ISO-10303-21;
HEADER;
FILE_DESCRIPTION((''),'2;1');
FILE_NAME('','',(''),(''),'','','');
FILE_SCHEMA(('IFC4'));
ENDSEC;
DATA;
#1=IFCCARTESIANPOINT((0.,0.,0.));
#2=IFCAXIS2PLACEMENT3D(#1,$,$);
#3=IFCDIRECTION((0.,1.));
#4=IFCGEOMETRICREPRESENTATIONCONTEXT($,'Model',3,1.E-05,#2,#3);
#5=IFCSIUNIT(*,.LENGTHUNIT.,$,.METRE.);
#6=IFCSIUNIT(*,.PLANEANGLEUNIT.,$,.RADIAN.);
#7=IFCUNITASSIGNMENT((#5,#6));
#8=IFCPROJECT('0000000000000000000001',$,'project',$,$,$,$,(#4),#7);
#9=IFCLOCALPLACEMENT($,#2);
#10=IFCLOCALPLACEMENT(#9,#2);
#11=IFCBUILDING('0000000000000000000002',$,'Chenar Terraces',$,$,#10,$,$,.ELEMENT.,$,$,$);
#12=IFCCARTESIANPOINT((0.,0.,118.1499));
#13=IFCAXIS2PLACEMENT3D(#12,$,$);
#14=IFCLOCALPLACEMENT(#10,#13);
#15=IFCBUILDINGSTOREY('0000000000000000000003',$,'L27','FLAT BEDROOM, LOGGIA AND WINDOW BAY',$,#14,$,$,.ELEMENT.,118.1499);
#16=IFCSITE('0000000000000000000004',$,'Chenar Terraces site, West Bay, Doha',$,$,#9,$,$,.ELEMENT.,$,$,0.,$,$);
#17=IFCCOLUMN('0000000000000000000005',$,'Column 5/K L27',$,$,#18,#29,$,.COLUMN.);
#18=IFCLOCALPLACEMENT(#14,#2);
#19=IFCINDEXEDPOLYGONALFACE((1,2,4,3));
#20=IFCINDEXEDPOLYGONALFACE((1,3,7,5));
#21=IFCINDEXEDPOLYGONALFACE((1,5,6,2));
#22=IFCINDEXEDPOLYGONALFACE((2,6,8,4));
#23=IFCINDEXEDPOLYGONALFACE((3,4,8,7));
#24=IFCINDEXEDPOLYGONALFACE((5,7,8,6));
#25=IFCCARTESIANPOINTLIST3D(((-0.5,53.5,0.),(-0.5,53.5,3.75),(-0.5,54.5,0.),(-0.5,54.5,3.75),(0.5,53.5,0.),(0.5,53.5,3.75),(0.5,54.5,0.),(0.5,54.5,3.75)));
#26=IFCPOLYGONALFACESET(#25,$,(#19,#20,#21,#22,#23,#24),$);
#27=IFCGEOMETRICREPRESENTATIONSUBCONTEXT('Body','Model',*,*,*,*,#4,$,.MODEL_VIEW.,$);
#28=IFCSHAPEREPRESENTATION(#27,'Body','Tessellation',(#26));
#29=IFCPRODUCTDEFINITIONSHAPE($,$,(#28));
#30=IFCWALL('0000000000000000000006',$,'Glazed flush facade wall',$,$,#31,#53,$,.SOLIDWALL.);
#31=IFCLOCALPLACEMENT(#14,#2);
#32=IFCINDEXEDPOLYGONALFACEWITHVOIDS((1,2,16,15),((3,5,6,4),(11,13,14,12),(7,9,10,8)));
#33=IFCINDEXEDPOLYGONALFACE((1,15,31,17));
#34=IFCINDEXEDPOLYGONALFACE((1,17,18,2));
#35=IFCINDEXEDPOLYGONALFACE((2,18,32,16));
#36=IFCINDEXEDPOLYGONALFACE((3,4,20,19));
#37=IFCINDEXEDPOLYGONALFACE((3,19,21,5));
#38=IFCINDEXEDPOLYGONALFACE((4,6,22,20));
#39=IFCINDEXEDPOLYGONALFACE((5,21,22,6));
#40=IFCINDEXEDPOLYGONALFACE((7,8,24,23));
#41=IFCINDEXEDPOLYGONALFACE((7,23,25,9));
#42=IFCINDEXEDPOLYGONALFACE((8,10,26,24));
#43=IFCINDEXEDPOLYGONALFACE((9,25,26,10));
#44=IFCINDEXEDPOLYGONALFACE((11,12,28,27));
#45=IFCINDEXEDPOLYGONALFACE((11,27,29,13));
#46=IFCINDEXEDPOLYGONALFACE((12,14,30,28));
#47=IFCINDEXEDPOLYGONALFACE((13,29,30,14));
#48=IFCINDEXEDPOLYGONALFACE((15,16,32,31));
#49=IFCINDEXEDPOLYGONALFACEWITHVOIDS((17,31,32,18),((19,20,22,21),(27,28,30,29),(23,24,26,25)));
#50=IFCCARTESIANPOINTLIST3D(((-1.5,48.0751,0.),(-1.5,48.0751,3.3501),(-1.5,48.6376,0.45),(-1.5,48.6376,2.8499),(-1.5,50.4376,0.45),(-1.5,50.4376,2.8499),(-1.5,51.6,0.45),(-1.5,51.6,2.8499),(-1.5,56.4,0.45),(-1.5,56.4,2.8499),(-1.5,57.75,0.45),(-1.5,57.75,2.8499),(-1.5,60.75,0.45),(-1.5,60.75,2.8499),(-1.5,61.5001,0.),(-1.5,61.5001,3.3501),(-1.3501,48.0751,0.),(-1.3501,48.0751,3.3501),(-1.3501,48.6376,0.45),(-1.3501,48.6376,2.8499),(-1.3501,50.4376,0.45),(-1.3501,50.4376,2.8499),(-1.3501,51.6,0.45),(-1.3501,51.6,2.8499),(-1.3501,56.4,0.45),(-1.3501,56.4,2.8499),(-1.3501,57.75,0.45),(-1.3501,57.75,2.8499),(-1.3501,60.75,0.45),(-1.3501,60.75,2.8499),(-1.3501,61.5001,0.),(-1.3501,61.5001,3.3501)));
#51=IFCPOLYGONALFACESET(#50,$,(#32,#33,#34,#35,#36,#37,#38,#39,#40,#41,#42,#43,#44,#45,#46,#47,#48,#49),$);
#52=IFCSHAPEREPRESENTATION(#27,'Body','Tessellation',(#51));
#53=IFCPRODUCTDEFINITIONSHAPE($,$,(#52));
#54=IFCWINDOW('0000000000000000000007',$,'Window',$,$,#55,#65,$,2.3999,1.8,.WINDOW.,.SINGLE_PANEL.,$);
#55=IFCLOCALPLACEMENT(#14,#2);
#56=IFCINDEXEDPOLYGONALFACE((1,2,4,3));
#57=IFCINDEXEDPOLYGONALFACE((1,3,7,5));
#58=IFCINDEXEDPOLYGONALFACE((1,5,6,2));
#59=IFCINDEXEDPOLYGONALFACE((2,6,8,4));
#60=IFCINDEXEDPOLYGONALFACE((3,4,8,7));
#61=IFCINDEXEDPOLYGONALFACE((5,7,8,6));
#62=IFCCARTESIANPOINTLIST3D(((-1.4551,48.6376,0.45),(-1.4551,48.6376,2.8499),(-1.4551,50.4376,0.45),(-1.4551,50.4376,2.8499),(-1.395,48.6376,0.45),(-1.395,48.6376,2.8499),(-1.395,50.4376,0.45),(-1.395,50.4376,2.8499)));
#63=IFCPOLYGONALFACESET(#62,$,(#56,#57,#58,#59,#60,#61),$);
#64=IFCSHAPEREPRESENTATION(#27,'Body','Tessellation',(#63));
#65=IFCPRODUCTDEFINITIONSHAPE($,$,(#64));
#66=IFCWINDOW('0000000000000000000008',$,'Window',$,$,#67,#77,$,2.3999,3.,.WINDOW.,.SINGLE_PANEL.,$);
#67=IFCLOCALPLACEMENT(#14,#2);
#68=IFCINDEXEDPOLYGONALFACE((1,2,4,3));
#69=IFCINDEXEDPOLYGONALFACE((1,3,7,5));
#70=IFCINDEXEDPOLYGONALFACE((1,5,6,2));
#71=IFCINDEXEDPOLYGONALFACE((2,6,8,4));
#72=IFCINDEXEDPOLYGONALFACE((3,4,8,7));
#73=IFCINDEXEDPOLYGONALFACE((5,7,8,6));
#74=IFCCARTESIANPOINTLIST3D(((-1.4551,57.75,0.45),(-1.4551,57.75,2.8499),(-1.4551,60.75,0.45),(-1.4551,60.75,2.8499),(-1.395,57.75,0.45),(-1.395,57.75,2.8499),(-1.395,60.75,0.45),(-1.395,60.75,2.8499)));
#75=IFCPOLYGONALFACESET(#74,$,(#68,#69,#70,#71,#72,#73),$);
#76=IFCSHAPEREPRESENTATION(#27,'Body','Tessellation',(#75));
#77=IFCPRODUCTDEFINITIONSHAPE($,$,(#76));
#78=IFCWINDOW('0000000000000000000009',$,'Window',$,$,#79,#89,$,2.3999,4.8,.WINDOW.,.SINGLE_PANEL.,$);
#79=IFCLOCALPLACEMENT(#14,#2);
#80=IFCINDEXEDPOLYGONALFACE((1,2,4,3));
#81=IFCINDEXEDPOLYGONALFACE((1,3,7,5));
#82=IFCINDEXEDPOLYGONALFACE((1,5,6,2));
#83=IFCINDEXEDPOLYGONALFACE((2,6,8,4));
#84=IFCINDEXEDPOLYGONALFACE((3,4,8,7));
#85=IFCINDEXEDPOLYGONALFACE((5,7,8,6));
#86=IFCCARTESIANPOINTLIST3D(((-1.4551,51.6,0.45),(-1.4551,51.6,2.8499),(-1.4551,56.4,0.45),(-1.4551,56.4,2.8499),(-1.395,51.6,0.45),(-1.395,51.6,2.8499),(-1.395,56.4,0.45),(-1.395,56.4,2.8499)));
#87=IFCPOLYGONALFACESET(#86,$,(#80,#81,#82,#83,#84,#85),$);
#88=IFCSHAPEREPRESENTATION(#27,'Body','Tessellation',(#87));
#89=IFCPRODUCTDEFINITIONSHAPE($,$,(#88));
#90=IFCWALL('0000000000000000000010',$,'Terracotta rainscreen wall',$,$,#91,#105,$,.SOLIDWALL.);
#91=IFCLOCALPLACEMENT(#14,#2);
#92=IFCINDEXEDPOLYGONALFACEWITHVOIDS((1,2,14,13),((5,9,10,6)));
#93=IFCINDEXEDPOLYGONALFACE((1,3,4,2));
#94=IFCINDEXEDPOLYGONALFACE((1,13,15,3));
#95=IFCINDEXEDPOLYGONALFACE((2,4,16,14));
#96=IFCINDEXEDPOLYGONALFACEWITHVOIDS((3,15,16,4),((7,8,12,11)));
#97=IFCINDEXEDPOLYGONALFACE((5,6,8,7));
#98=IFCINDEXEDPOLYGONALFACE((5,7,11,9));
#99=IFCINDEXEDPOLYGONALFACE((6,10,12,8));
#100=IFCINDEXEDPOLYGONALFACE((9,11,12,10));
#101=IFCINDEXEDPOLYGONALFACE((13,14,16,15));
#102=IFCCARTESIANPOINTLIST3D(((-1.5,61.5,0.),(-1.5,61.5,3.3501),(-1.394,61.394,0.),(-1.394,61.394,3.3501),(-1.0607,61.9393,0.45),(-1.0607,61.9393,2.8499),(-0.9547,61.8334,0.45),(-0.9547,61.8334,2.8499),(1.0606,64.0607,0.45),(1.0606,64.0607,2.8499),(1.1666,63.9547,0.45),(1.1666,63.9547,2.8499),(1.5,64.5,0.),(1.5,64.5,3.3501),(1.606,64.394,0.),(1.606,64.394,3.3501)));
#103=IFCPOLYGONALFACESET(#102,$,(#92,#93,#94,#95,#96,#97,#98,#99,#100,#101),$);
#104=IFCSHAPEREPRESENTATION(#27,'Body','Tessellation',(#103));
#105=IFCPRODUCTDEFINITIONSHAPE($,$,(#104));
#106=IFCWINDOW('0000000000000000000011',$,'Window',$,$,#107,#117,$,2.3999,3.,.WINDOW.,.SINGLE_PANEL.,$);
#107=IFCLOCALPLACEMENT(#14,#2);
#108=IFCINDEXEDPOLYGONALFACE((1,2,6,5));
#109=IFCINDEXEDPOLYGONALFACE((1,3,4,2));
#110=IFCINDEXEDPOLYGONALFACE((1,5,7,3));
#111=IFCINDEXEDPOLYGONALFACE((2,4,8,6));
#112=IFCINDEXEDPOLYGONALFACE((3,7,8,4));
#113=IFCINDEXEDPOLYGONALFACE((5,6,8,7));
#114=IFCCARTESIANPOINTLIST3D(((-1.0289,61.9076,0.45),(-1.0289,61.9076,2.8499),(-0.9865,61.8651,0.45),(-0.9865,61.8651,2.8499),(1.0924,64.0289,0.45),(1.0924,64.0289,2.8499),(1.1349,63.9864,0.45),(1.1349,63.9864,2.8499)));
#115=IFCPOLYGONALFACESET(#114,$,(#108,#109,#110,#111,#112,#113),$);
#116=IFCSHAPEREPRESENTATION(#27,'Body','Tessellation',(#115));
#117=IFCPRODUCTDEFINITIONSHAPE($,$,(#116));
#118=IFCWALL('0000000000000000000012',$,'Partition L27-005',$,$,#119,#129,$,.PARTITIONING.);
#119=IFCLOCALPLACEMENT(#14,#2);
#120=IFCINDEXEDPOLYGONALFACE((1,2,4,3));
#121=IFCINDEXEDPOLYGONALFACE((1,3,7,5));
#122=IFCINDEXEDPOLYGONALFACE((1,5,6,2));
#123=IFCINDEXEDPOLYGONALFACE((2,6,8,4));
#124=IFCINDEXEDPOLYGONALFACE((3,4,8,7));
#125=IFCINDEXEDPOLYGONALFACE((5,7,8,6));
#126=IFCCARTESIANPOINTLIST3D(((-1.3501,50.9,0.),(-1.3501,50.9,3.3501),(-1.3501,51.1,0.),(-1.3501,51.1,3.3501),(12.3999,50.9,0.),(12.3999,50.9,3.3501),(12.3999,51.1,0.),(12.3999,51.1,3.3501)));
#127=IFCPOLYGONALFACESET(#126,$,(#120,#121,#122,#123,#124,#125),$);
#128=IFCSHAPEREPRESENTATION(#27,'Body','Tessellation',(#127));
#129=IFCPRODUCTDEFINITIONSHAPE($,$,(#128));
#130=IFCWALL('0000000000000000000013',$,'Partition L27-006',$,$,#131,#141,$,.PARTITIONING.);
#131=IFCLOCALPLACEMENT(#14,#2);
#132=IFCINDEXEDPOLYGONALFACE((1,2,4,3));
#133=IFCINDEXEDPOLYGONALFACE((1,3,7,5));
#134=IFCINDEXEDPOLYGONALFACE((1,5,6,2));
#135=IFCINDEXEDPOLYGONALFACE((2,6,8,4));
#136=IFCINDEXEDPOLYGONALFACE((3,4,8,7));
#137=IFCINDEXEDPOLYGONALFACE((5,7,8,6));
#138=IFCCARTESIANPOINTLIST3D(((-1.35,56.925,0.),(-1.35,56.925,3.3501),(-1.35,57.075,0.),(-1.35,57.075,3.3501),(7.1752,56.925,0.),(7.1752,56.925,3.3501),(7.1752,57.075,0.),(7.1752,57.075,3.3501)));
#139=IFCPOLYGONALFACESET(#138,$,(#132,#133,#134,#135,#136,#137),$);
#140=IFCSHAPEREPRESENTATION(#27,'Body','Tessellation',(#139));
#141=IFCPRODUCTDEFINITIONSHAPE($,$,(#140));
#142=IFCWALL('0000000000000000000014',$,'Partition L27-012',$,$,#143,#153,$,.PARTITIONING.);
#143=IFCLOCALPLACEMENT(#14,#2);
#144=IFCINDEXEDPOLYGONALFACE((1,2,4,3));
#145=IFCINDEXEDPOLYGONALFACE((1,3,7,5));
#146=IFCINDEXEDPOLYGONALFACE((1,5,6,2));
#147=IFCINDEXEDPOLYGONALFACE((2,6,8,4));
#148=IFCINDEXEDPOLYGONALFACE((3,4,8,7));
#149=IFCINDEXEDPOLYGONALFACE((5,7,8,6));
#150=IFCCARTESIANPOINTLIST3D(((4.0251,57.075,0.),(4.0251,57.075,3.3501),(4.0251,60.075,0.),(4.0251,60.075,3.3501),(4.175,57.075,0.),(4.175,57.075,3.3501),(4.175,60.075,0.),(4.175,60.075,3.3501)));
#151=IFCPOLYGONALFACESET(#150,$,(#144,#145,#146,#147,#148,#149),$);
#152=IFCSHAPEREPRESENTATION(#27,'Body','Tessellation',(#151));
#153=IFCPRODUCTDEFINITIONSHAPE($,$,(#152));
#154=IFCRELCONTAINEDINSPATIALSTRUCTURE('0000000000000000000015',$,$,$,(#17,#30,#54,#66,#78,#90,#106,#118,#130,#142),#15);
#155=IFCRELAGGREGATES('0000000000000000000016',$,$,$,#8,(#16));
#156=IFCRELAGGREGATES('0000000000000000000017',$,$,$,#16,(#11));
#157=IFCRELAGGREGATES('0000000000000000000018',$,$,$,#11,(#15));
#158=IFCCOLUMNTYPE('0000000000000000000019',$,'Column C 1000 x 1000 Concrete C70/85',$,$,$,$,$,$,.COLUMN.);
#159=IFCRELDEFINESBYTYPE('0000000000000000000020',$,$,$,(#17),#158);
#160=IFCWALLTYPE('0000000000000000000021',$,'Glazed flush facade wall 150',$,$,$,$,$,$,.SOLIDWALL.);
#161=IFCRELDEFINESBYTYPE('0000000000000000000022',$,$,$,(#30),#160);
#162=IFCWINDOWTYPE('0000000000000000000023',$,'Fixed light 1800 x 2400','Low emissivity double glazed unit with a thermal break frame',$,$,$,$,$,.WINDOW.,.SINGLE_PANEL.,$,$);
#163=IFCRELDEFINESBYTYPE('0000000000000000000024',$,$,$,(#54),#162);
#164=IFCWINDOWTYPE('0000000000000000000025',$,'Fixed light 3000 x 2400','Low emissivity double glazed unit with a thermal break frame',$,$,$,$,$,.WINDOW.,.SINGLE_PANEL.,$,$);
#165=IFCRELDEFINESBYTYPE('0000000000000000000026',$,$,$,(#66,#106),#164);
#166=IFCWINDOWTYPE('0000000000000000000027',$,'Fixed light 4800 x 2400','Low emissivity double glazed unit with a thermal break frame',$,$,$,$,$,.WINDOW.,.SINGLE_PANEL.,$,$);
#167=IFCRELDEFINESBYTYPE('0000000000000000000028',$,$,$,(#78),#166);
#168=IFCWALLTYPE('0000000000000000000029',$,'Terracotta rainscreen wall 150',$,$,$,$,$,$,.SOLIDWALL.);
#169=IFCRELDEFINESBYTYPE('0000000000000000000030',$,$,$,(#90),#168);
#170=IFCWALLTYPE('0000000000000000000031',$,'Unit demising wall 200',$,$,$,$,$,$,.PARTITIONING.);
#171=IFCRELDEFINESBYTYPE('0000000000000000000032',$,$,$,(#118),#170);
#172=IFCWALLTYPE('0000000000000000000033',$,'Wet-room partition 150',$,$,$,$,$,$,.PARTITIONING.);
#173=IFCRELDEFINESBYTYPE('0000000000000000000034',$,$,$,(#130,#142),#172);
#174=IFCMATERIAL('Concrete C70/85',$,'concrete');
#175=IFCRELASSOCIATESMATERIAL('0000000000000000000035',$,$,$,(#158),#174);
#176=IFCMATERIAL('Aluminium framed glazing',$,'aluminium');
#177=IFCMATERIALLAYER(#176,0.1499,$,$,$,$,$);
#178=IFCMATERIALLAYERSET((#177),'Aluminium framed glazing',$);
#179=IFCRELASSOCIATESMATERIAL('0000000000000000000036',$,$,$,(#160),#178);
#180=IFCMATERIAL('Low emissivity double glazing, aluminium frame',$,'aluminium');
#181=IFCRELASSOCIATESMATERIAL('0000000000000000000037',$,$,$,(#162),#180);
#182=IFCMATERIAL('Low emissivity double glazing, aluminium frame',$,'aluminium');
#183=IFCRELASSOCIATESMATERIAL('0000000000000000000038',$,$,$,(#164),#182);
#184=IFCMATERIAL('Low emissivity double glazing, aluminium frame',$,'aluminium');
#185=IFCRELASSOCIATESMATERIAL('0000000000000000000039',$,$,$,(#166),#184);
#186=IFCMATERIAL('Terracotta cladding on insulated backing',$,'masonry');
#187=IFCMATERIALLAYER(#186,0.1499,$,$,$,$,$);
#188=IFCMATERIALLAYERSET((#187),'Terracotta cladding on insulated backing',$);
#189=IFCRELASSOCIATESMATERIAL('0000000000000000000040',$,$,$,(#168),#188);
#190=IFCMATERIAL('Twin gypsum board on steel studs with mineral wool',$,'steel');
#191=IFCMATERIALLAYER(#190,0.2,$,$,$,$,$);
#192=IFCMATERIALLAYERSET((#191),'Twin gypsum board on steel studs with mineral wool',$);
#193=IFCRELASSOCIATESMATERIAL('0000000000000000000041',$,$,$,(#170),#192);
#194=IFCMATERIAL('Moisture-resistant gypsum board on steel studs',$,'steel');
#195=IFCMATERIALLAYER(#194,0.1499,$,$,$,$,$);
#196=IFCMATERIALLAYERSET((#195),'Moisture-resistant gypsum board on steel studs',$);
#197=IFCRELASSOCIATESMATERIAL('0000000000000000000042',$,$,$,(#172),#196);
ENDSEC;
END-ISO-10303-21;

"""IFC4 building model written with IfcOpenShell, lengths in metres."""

from ifc_helpers import new_model, si_unit, direction, frame, frame_2d, origin, origin_2d, place, context, subcontext, project, spatial, rectangle, extrude, material, layer, layer_set, material_profile, profile_set, type_object, element, fill, save


model = new_model("IFC4")

# Units and contexts
model_context = context("Model", 3, precision=1e-05, world=origin(), true_north=direction((0.0, 1.0)))
body_context = subcontext(model_context, "Body", "Model", "MODEL_VIEW")
ifc_project = project(units=[si_unit("LENGTHUNIT", "METRE"), si_unit("PLANEANGLEUNIT", "RADIAN")], contexts=[model_context])

# Site, building, storey
site_placement = place(None, origin())
site = spatial("IfcSite", under=ifc_project, at=site_placement, Name="Chenar Terraces site, West Bay, Doha", CompositionType="ELEMENT", RefElevation=0.0)
building_placement = place(site_placement, origin())
building = spatial("IfcBuilding", under=site, at=building_placement, Name="Chenar Terraces", CompositionType="ELEMENT")
storey_placement = place(building_placement, frame((0.0, 0.0, 118.1499)))
storey = spatial("IfcBuildingStorey", under=building, at=storey_placement, Name="L27", Description="FLAT BEDROOM, LOGGIA AND WINDOW BAY", CompositionType="ELEMENT", Elevation=118.1499)

# Column
ifc_material_1 = material(Name="Concrete C70/85", Category="concrete")
ifc_material_profile = material_profile(ifc_material_1, rectangle(XDim=1.0, YDim=1.0, at=origin_2d()), Name="C 1000 x 1000")
ifc_profile_set = profile_set([ifc_material_profile], Name="Concrete C70/85")
column_type = type_object("IfcColumnType", Name="Column C 1000 x 1000 Concrete C70/85", PredefinedType="COLUMN", material=ifc_profile_set)
column_placement = place(storey_placement, frame((0.0, 54.0, 0.0), z_axis=(0.0, 0.0, 1.0), x_axis=(1.0, 0.0, 0.0)))
element("IfcColumn", 1, at=column_placement, inside=storey, type_object=column_type, Name="Column 5/K L27", PredefinedType="COLUMN", context=body_context, shape_type="SweptSolid", body=[
    extrude(rectangle(XDim=1.0, YDim=1.0, at=origin_2d()), origin(), (0.0, 0.0, 1.0), 3.75),
])

# Wall, openings, windows
ifc_material_2 = material(Name="Aluminium framed glazing", Category="aluminium")
ifc_layer_1 = layer(ifc_material_2, 0.1499)
ifc_layer_set_1 = layer_set([ifc_layer_1], Name="Aluminium framed glazing")
wall_type_1 = type_object("IfcWallType", Name="Glazed flush facade wall 150", PredefinedType="SOLIDWALL", material=ifc_layer_set_1)
wall_1_placement = place(storey_placement, frame((-1.425, 61.5, 0.0), z_axis=(0.0, 0.0, 1.0), x_axis=(0.0, -1.0, 0.0)))
wall_1 = element("IfcWall", 2, at=wall_1_placement, inside=storey, type_object=wall_type_1, Name="Glazed flush facade wall", PredefinedType="SOLIDWALL", context=body_context, shape_type="SweptSolid", body=[
    extrude(rectangle(XDim=13.425, YDim=0.1499, at=frame_2d((6.7124, 0.0))), origin(), (0.0, 0.0, 1.0), 3.3501),
])
opening_1_placement = place(wall_1_placement, frame((0.75, 0.0, 0.45)))
opening_1 = element("IfcOpeningElement", 3, at=opening_1_placement, cuts=wall_1, PredefinedType="OPENING", context=body_context, shape_type="SweptSolid", body=[
    extrude(rectangle(XDim=3.0, YDim=2.3999, at=frame_2d((1.5, 1.2))), frame((0.0, 0.085, 0.0), z_axis=(0.0, -1.0, 0.0), x_axis=(1.0, 0.0, 0.0)), (0.0, 0.0, 1.0), 0.1699),
])
opening_2_placement = place(wall_1_placement, frame((5.1001, 0.0, 0.45)))
opening_2 = element("IfcOpeningElement", 4, at=opening_2_placement, cuts=wall_1, PredefinedType="OPENING", context=body_context, shape_type="SweptSolid", body=[
    extrude(rectangle(XDim=4.8, YDim=2.3999, at=frame_2d((2.3999, 1.2))), frame((0.0, 0.085, 0.0), z_axis=(0.0, -1.0, 0.0), x_axis=(1.0, 0.0, 0.0)), (0.0, 0.0, 1.0), 0.1699),
])
opening_3_placement = place(wall_1_placement, frame((11.0625, 0.0, 0.45)))
opening_3 = element("IfcOpeningElement", 5, at=opening_3_placement, cuts=wall_1, PredefinedType="OPENING", context=body_context, shape_type="SweptSolid", body=[
    extrude(rectangle(XDim=1.8, YDim=2.3999, at=frame_2d((0.8999, 1.2))), frame((0.0, 0.085, 0.0), z_axis=(0.0, -1.0, 0.0), x_axis=(1.0, 0.0, 0.0)), (0.0, 0.0, 1.0), 0.1699),
])
ifc_material_3 = material(Name="Low emissivity double glazing, aluminium frame", Category="aluminium")
window_type_1 = type_object("IfcWindowType", Name="Fixed light 1800 x 2400", Description="Low emissivity double glazed unit with a thermal break frame", PartitioningType="SINGLE_PANEL", PredefinedType="WINDOW", material=ifc_material_3)
window_1_placement = place(opening_3_placement, origin())
window_1 = element("IfcWindow", 6, at=window_1_placement, inside=storey, type_object=window_type_1, Name="Window", OverallHeight=2.3999, OverallWidth=1.8, PartitioningType="SINGLE_PANEL", PredefinedType="WINDOW", context=body_context, shape_type="SweptSolid", body=[
    extrude(rectangle(XDim=1.8, YDim=2.3999, at=frame_2d((0.8999, 1.2))), frame((0.0, 0.03, 0.0), z_axis=(0.0, -1.0, 0.0), x_axis=(1.0, 0.0, 0.0)), (0.0, 0.0, 1.0), 0.0601),
])
fill(opening_3, window_1)
ifc_material_4 = material(Name="Low emissivity double glazing, aluminium frame", Category="aluminium")
window_type_2 = type_object("IfcWindowType", Name="Fixed light 3000 x 2400", Description="Low emissivity double glazed unit with a thermal break frame", PartitioningType="SINGLE_PANEL", PredefinedType="WINDOW", material=ifc_material_4)
window_2_placement = place(opening_1_placement, origin())
window_2 = element("IfcWindow", 7, at=window_2_placement, inside=storey, type_object=window_type_2, Name="Window", OverallHeight=2.3999, OverallWidth=3.0, PartitioningType="SINGLE_PANEL", PredefinedType="WINDOW", context=body_context, shape_type="SweptSolid", body=[
    extrude(rectangle(XDim=3.0, YDim=2.3999, at=frame_2d((1.5, 1.2))), frame((0.0, 0.03, 0.0), z_axis=(0.0, -1.0, 0.0), x_axis=(1.0, 0.0, 0.0)), (0.0, 0.0, 1.0), 0.0601),
])
fill(opening_1, window_2)
ifc_material_5 = material(Name="Low emissivity double glazing, aluminium frame", Category="aluminium")
window_type_3 = type_object("IfcWindowType", Name="Fixed light 4800 x 2400", Description="Low emissivity double glazed unit with a thermal break frame", PartitioningType="SINGLE_PANEL", PredefinedType="WINDOW", material=ifc_material_5)
window_3_placement = place(opening_2_placement, origin())
window_3 = element("IfcWindow", 8, at=window_3_placement, inside=storey, type_object=window_type_3, Name="Window", OverallHeight=2.3999, OverallWidth=4.8, PartitioningType="SINGLE_PANEL", PredefinedType="WINDOW", context=body_context, shape_type="SweptSolid", body=[
    extrude(rectangle(XDim=4.8, YDim=2.3999, at=frame_2d((2.3999, 1.2))), frame((0.0, 0.03, 0.0), z_axis=(0.0, -1.0, 0.0), x_axis=(1.0, 0.0, 0.0)), (0.0, 0.0, 1.0), 0.0601),
])
fill(opening_2, window_3)

# Wall, opening, window
ifc_material_6 = material(Name="Terracotta cladding on insulated backing", Category="masonry")
ifc_layer_2 = layer(ifc_material_6, 0.1499)
ifc_layer_set_2 = layer_set([ifc_layer_2], Name="Terracotta cladding on insulated backing")
wall_type_2 = type_object("IfcWallType", Name="Terracotta rainscreen wall 150", PredefinedType="SOLIDWALL", material=ifc_layer_set_2)
wall_2_placement = place(storey_placement, frame((1.553, 64.447, 0.0), z_axis=(0.0, 0.0, 1.0), x_axis=(-0.707107, -0.707107, 0.0)))
wall_2 = element("IfcWall", 9, at=wall_2_placement, inside=storey, type_object=wall_type_2, Name="Terracotta rainscreen wall", PredefinedType="SOLIDWALL", context=body_context, shape_type="SweptSolid", body=[
    extrude(rectangle(XDim=4.2427, YDim=0.1499, at=frame_2d((2.1213, 0.0))), origin(), (0.0, 0.0, 1.0), 3.3501),
])
opening_4_placement = place(wall_2_placement, frame((0.6213, 0.0, 0.45)))
opening_4 = element("IfcOpeningElement", 10, at=opening_4_placement, cuts=wall_2, PredefinedType="OPENING", context=body_context, shape_type="SweptSolid", body=[
    extrude(rectangle(XDim=3.0, YDim=2.3999, at=frame_2d((1.5, 1.2))), frame((0.0, 0.085, 0.0), z_axis=(0.0, -1.0, 0.0), x_axis=(1.0, 0.0, 0.0)), (0.0, 0.0, 1.0), 0.1699),
])
window_4_placement = place(opening_4_placement, origin())
window_4 = element("IfcWindow", 11, at=window_4_placement, inside=storey, type_object=window_type_2, Name="Window", OverallHeight=2.3999, OverallWidth=3.0, PartitioningType="SINGLE_PANEL", PredefinedType="WINDOW", context=body_context, shape_type="SweptSolid", body=[
    extrude(rectangle(XDim=3.0, YDim=2.3999, at=frame_2d((1.5, 1.2))), frame((0.0, 0.03, 0.0), z_axis=(0.0, -1.0, 0.0), x_axis=(1.0, 0.0, 0.0)), (0.0, 0.0, 1.0), 0.0601),
])
fill(opening_4, window_4)

# Walls
ifc_material_7 = material(Name="Twin gypsum board on steel studs with mineral wool", Category="steel")
ifc_layer_3 = layer(ifc_material_7, 0.2)
ifc_layer_set_3 = layer_set([ifc_layer_3], Name="Twin gypsum board on steel studs with mineral wool")
wall_type_3 = type_object("IfcWallType", Name="Unit demising wall 200", PredefinedType="PARTITIONING", material=ifc_layer_set_3)
wall_3_placement = place(storey_placement, frame((-1.3501, 51.0, 0.0), z_axis=(0.0, 0.0, 1.0), x_axis=(1.0, 0.0, 0.0)))
element("IfcWall", 12, at=wall_3_placement, inside=storey, type_object=wall_type_3, Name="Partition L27-005", PredefinedType="PARTITIONING", context=body_context, shape_type="SweptSolid", body=[
    extrude(rectangle(XDim=13.75, YDim=0.2, at=frame_2d((6.875, 0.0))), origin(), (0.0, 0.0, 1.0), 3.3501),
])
ifc_material_8 = material(Name="Moisture-resistant gypsum board on steel studs", Category="steel")
ifc_layer_4 = layer(ifc_material_8, 0.1499)
ifc_layer_set_4 = layer_set([ifc_layer_4], Name="Moisture-resistant gypsum board on steel studs")
wall_type_4 = type_object("IfcWallType", Name="Wet-room partition 150", PredefinedType="PARTITIONING", material=ifc_layer_set_4)
wall_4_placement = place(storey_placement, frame((-1.3501, 57.0, 0.0), z_axis=(0.0, 0.0, 1.0), x_axis=(1.0, 0.0, 0.0)))
element("IfcWall", 13, at=wall_4_placement, inside=storey, type_object=wall_type_4, Name="Partition L27-006", PredefinedType="PARTITIONING", context=body_context, shape_type="SweptSolid", body=[
    extrude(rectangle(XDim=8.5251, YDim=0.1499, at=frame_2d((4.2627, 0.0))), origin(), (0.0, 0.0, 1.0), 3.3501),
])
wall_5_placement = place(storey_placement, frame((4.1001, 57.075, 0.0), z_axis=(0.0, 0.0, 1.0), x_axis=(0.0, 1.0, 0.0)))
element("IfcWall", 14, at=wall_5_placement, inside=storey, type_object=wall_type_4, Name="Partition L27-012", PredefinedType="PARTITIONING", context=body_context, shape_type="SweptSolid", body=[
    extrude(rectangle(XDim=3.0, YDim=0.1499, at=frame_2d((1.5, 0.0))), origin(), (0.0, 0.0, 1.0), 3.3501),
])

save(model, "model.ifc")
